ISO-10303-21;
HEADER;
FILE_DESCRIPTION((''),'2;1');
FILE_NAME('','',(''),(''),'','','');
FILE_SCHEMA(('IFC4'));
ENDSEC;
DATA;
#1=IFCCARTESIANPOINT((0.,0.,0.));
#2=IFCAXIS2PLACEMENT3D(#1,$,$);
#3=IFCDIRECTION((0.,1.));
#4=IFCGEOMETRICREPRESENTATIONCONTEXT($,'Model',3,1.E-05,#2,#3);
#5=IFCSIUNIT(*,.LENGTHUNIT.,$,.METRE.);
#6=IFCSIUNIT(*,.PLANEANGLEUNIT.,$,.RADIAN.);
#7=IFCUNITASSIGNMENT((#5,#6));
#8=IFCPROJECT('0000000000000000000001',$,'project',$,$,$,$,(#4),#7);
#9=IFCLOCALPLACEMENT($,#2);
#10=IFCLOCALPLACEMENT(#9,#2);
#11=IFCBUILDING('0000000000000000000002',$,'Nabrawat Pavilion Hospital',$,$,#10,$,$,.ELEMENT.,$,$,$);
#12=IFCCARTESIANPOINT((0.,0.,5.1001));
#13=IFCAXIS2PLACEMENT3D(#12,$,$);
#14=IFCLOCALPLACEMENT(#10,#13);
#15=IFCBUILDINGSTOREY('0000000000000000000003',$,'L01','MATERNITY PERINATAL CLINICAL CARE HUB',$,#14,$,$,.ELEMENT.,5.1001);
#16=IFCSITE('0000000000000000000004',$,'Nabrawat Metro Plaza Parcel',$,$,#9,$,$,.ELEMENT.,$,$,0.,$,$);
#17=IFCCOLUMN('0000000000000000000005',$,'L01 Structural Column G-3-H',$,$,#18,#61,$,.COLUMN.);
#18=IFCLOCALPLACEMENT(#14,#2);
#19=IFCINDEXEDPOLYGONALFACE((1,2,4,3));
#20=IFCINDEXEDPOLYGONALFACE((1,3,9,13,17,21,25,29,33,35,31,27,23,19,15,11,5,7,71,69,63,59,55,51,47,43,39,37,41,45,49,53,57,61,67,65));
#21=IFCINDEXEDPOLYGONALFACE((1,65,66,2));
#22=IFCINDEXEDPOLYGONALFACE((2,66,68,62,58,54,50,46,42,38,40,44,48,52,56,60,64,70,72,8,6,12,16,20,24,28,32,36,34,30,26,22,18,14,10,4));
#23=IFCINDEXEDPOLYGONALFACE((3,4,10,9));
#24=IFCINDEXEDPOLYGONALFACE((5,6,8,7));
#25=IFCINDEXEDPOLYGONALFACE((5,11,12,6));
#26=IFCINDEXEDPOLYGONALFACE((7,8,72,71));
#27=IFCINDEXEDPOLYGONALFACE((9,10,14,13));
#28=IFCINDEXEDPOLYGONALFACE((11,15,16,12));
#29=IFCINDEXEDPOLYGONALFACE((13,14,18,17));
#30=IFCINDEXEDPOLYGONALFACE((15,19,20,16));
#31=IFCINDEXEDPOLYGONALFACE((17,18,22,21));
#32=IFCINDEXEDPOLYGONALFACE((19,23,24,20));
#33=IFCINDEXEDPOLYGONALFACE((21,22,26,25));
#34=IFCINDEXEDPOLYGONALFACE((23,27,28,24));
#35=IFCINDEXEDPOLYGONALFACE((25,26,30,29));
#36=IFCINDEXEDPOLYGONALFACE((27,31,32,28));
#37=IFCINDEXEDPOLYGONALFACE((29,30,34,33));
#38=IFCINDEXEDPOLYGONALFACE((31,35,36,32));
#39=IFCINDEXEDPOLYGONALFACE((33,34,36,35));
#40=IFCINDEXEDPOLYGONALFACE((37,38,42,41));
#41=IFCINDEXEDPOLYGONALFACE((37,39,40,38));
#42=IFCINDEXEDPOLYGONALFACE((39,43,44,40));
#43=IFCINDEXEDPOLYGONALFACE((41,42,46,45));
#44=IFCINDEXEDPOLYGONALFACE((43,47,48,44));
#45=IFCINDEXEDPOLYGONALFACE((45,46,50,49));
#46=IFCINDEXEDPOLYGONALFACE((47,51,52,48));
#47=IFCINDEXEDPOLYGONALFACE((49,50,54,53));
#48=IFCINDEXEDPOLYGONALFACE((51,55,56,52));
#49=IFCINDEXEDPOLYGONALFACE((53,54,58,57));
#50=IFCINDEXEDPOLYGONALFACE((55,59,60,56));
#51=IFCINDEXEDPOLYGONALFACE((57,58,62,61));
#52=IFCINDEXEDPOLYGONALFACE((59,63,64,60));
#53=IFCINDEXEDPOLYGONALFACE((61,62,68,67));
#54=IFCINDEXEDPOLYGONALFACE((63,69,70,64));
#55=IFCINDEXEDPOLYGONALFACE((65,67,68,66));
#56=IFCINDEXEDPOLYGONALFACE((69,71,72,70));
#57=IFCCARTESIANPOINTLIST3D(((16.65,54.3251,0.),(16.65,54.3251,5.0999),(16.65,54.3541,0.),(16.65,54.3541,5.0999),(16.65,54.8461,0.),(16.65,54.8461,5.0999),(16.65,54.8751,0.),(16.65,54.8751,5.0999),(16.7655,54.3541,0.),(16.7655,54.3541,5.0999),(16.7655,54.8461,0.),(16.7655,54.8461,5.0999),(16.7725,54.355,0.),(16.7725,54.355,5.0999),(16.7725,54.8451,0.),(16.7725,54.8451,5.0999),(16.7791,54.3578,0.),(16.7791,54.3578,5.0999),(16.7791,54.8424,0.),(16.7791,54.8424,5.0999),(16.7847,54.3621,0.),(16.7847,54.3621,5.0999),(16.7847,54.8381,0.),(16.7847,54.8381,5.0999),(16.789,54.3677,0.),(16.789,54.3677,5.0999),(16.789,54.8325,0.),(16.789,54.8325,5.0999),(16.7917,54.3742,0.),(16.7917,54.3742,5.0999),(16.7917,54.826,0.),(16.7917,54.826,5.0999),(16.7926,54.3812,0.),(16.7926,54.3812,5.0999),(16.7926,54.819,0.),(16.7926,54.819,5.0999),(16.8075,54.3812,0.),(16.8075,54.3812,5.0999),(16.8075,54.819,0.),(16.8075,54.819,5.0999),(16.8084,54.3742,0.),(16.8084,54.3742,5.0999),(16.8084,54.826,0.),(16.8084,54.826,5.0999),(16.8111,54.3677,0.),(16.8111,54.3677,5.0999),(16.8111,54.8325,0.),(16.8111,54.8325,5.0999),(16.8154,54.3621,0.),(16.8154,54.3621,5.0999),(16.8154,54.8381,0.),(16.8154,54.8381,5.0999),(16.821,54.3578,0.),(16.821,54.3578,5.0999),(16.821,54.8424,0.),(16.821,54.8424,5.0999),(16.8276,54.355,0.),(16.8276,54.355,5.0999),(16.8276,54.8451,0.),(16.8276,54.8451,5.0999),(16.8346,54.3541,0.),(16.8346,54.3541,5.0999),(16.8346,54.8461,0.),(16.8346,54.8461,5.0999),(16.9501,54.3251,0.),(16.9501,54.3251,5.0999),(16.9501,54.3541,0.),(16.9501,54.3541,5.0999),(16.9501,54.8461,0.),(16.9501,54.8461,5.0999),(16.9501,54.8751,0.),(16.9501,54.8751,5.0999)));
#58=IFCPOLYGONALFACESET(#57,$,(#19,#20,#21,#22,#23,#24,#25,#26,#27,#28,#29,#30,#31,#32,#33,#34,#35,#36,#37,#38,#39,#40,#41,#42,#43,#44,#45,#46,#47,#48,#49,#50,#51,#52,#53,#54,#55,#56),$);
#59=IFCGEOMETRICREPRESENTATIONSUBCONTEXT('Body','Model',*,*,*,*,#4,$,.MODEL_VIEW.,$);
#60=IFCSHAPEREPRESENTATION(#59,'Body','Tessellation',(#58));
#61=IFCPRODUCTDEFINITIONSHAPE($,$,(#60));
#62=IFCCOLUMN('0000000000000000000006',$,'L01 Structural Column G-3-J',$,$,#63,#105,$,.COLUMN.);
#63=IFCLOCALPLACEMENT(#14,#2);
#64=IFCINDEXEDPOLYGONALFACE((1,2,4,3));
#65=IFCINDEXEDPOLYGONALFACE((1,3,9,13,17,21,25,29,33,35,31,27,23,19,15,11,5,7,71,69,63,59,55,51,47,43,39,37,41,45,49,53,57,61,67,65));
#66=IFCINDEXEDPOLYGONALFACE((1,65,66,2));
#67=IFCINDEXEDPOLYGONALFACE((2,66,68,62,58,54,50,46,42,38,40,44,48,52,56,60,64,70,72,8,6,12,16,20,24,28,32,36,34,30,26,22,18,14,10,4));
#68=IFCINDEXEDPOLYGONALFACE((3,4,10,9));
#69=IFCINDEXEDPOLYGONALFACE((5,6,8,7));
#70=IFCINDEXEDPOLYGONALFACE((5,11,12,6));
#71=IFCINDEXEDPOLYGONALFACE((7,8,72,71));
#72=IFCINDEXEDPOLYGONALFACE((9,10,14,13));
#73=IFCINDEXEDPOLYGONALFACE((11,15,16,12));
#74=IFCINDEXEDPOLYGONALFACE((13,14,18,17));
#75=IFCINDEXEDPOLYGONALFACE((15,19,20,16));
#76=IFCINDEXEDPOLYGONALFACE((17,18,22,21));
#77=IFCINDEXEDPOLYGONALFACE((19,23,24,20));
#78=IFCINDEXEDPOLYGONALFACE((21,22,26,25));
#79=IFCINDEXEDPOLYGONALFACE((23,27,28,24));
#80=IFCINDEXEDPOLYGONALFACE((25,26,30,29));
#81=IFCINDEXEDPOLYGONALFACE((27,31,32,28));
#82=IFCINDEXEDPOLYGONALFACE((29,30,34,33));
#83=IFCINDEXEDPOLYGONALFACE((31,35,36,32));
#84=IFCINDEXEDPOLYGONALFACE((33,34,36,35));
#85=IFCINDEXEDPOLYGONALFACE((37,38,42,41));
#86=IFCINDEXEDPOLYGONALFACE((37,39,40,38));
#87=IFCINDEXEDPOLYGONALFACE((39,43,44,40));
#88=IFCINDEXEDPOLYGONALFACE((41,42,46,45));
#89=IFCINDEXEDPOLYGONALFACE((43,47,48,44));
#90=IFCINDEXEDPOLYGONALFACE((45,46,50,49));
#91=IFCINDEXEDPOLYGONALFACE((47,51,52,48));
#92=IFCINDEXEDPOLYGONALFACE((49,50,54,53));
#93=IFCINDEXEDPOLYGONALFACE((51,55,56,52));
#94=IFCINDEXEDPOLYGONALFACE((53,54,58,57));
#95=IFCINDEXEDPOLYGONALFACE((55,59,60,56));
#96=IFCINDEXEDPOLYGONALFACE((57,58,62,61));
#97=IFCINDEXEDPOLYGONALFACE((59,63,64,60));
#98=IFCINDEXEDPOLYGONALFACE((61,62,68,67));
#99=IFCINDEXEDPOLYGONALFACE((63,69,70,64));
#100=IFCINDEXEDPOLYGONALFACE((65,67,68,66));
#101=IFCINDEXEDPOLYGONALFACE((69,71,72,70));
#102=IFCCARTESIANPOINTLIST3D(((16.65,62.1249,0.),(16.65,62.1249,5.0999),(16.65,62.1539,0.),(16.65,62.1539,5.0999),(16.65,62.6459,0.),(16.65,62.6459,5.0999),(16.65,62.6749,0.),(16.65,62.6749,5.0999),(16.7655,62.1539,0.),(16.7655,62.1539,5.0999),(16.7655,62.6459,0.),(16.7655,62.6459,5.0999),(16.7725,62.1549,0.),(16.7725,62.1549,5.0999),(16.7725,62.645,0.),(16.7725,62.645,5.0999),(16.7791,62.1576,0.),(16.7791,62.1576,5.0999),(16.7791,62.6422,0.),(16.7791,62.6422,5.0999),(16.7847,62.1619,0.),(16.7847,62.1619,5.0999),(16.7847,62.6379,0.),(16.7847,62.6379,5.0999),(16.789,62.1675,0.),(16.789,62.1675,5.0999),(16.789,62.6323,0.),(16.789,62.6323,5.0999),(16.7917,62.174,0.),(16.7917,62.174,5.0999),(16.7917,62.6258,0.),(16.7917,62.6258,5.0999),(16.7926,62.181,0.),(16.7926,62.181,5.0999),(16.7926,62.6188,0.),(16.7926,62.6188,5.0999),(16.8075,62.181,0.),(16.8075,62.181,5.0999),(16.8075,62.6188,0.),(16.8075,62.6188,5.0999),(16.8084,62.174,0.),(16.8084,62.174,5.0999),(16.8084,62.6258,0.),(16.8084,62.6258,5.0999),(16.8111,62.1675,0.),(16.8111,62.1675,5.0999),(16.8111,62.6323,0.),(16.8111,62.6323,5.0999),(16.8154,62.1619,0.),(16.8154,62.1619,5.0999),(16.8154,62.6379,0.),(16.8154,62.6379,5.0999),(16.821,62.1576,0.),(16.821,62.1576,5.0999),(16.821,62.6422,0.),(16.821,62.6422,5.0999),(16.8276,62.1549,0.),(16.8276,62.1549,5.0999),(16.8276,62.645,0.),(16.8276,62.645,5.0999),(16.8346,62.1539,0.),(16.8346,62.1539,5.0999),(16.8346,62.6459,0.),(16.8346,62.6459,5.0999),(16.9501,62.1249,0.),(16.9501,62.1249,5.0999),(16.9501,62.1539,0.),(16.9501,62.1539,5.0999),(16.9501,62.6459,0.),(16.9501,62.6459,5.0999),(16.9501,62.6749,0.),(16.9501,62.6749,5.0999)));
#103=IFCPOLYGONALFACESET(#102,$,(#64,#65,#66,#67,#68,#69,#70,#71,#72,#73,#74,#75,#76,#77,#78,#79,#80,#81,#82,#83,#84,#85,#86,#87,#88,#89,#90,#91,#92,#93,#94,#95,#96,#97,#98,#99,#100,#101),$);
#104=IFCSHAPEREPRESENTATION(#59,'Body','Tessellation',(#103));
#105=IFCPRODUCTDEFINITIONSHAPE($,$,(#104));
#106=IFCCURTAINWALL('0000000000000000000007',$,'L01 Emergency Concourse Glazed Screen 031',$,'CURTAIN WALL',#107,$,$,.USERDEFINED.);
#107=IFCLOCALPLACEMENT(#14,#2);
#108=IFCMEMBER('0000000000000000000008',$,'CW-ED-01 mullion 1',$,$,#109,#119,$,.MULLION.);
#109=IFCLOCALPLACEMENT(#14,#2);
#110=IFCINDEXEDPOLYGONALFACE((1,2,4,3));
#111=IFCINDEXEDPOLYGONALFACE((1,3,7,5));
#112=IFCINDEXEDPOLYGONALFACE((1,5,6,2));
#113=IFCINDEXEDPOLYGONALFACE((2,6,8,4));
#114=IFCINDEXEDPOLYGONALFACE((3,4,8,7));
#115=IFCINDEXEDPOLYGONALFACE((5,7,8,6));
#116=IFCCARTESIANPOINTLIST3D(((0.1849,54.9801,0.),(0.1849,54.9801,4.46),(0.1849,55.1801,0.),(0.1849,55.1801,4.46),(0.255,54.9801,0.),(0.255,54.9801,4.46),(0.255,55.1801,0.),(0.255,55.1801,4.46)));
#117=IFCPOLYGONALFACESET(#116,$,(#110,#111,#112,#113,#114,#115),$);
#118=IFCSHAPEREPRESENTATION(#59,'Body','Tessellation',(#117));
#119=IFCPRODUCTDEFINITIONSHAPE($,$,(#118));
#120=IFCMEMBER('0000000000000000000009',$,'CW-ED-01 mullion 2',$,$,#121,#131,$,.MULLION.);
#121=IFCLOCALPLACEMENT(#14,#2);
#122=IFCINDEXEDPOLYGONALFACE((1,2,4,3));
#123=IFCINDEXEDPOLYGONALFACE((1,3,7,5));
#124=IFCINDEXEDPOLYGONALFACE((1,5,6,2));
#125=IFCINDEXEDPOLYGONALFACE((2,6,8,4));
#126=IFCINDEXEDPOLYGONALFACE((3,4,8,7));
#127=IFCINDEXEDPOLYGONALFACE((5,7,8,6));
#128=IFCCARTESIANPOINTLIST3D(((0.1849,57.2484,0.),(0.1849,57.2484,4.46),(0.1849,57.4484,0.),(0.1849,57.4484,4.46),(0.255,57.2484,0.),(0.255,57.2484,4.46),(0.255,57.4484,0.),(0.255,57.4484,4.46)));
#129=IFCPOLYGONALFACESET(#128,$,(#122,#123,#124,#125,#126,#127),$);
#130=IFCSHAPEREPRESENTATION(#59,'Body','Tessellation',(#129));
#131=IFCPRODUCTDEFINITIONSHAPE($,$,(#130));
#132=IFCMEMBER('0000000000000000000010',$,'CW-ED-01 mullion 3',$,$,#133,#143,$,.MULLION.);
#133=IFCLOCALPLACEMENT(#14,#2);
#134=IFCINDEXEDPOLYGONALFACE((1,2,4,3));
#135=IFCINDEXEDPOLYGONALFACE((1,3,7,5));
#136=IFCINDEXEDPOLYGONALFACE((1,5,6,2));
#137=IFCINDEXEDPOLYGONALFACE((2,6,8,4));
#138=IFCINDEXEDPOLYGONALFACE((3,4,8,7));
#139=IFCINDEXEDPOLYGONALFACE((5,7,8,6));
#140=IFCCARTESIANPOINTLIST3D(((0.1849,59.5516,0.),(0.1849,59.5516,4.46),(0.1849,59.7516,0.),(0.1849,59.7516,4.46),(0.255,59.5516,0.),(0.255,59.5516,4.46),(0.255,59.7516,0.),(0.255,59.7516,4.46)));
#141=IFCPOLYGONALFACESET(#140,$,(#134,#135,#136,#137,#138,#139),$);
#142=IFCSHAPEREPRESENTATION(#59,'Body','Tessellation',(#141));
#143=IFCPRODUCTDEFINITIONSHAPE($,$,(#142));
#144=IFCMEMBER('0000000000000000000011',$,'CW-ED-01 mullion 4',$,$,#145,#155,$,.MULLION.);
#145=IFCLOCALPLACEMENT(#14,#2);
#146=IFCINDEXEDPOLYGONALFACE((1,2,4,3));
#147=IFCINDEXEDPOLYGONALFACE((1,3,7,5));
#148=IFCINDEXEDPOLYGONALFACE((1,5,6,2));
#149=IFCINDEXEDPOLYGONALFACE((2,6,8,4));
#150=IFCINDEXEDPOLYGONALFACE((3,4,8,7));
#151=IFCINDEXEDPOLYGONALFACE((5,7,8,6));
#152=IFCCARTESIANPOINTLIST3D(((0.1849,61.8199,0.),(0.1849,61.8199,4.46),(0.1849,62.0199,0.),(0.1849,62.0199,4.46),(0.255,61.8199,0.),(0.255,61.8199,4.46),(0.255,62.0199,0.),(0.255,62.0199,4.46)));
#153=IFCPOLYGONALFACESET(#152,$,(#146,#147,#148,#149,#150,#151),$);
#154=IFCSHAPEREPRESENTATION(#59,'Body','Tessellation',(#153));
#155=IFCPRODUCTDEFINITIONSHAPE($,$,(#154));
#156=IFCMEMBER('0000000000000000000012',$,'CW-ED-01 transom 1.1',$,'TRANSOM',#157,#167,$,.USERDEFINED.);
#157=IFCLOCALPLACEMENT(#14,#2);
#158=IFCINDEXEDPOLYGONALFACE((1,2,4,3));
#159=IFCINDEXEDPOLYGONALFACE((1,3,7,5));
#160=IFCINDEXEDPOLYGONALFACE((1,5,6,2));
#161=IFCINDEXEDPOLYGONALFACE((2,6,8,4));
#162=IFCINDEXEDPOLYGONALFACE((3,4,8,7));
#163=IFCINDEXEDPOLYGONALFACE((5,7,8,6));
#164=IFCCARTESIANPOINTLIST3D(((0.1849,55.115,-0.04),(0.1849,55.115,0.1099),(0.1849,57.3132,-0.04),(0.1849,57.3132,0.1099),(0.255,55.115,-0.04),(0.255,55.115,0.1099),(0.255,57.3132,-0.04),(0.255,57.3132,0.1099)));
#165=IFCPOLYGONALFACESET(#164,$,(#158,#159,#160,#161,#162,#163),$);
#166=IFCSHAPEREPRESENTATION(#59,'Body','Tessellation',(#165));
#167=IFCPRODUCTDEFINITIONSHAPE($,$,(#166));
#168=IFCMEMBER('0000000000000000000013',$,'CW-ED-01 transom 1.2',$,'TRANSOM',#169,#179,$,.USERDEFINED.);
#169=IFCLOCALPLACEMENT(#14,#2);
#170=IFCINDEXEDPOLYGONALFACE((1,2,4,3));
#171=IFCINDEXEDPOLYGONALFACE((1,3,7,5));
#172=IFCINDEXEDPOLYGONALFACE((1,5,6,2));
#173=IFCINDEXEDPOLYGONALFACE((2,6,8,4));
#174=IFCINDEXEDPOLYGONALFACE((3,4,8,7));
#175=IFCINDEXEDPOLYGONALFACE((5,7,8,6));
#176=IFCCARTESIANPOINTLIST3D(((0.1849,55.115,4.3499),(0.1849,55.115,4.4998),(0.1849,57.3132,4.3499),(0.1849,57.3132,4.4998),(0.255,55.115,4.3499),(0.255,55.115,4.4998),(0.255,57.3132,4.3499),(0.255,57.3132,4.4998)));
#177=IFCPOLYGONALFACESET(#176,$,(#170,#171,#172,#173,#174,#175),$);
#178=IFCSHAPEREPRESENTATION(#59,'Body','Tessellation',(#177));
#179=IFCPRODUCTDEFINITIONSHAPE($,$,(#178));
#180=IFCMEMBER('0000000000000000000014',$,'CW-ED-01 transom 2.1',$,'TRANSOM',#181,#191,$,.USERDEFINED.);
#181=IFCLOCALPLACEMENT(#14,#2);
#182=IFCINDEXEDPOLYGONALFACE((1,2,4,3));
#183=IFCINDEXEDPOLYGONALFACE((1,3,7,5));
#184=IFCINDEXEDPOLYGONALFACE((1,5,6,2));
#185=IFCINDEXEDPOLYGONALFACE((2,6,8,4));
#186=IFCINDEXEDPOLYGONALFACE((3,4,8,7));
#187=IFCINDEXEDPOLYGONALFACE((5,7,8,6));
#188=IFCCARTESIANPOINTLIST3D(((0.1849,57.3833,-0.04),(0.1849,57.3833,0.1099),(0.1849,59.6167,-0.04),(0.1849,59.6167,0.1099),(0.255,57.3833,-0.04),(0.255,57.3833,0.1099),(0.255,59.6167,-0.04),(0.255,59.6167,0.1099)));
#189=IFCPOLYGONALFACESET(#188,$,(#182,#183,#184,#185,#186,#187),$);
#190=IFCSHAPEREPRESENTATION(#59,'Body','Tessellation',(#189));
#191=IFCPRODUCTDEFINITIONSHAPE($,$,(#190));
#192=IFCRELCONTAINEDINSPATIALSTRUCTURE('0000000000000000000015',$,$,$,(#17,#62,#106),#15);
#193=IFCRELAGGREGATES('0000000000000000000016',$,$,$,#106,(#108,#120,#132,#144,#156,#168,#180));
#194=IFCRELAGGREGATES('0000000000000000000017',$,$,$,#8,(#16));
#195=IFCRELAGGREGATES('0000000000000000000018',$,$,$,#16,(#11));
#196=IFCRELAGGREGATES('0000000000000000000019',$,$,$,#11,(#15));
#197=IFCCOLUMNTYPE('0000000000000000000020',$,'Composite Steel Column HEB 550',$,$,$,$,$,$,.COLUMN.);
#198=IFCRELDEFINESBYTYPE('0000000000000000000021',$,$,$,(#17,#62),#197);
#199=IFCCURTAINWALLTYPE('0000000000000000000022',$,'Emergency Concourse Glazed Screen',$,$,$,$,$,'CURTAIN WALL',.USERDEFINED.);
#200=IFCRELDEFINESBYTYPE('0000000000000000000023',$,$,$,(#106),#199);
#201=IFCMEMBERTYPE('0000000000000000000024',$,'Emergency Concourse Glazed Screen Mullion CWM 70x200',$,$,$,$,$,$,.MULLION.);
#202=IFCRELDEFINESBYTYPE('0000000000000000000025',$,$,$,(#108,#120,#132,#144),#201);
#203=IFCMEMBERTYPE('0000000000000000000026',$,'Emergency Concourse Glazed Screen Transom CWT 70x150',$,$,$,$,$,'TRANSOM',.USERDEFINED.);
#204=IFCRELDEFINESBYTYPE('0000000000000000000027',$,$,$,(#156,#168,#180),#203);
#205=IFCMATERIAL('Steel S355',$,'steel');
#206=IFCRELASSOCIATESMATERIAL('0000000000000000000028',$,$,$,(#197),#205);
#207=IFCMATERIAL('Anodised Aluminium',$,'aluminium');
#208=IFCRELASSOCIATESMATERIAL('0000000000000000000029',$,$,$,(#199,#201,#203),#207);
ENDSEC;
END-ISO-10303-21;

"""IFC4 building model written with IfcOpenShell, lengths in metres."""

from ifc_helpers import new_model, si_unit, direction, frame, origin, origin_2d, place, context, subcontext, project, spatial, rectangle, i_section, extrude, material, material_profile, profile_set, type_object, element, aggregate, save


model = new_model("IFC4")

# Units and contexts
model_context = context("Model", 3, precision=1e-05, world=origin(), true_north=direction((0.0, 1.0)))
body_context = subcontext(model_context, "Body", "Model", "MODEL_VIEW")
ifc_project = project(units=[si_unit("LENGTHUNIT", "METRE"), si_unit("PLANEANGLEUNIT", "RADIAN")], contexts=[model_context])

# Site, building, storey
site_placement = place(None, origin())
site = spatial("IfcSite", under=ifc_project, at=site_placement, Name="Nabrawat Metro Plaza Parcel", CompositionType="ELEMENT", RefElevation=0.0)
building_placement = place(site_placement, origin())
building = spatial("IfcBuilding", under=site, at=building_placement, Name="Nabrawat Pavilion Hospital", CompositionType="ELEMENT")
storey_placement = place(building_placement, frame((0.0, 0.0, 5.1001)))
storey = spatial("IfcBuildingStorey", under=building, at=storey_placement, Name="L01", Description="MATERNITY PERINATAL CLINICAL CARE HUB", CompositionType="ELEMENT", Elevation=5.1001)

# Columns
ifc_material_1 = material(Name="Steel S355", Category="steel")
ifc_material_profile_1 = material_profile(ifc_material_1, i_section(OverallWidth=0.3, OverallDepth=0.55, WebThickness=0.0149, FlangeThickness=0.0291, FilletRadius=0.0271, at=origin_2d()), Name="HEB 550")
ifc_profile_set_1 = profile_set([ifc_material_profile_1], Name="Steel S355")
column_type = type_object("IfcColumnType", Name="Composite Steel Column HEB 550", PredefinedType="COLUMN", material=ifc_profile_set_1)
for number, where, z_axis, x_axis, name in (
    (1, (16.8, 54.6001, 0.0), (0.0, 0.0, 1.0), (1.0, 0.0, 0.0), "L01 Structural Column G-3-H"),
    (2, (16.8, 62.3999, 0.0), (0.0, 0.0, 1.0), (1.0, 0.0, 0.0), "L01 Structural Column G-3-J"),
):
    element("IfcColumn", number, at=place(storey_placement, frame(where, z_axis=z_axis, x_axis=x_axis)), inside=storey, type_object=column_type, Name=name, PredefinedType="COLUMN", context=body_context, shape_type="SweptSolid", body=[
        extrude(i_section(OverallWidth=0.3, OverallDepth=0.55, WebThickness=0.0149, FlangeThickness=0.0291, FilletRadius=0.0271, at=origin_2d()), origin(), (0.0, 0.0, 1.0), 5.0999),
    ])

# Curtain wall, members
ifc_material_2 = material(Name="Anodised Aluminium", Category="aluminium")
curtain_wall_type = type_object("IfcCurtainWallType", Name="Emergency Concourse Glazed Screen", ElementType="CURTAIN WALL", PredefinedType="USERDEFINED", material=ifc_material_2)
curtain_wall_placement = place(storey_placement, origin())
curtain_wall = element("IfcCurtainWall", 3, at=curtain_wall_placement, inside=storey, type_object=curtain_wall_type, Name="L01 Emergency Concourse Glazed Screen 031", ObjectType="CURTAIN WALL", PredefinedType="USERDEFINED")
ifc_material_profile_2 = material_profile(ifc_material_2, rectangle(XDim=0.0701, YDim=0.2, at=origin_2d()), Name="CWM 70x200")
ifc_profile_set_2 = profile_set([ifc_material_profile_2], Name="Anodised Aluminium")
member_type_1 = type_object("IfcMemberType", Name="Emergency Concourse Glazed Screen Mullion CWM 70x200", PredefinedType="MULLION", material=ifc_profile_set_2)
member_1_placement = place(storey_placement, frame((0.22, 55.0801, 0.0), z_axis=(0.0, 0.0, 1.0), x_axis=(-1.0, 0.0, 0.0)))
member_1 = element("IfcMember", 4, at=member_1_placement, type_object=member_type_1, Name="CW-ED-01 mullion 1", PredefinedType="MULLION", context=body_context, shape_type="SweptSolid", body=[
    extrude(rectangle(XDim=0.0701, YDim=0.2, at=origin_2d()), origin(), (0.0, 0.0, 1.0), 4.46),
])
member_2_placement = place(storey_placement, frame((0.22, 57.3484, 0.0), z_axis=(0.0, 0.0, 1.0), x_axis=(-1.0, 0.0, 0.0)))
member_2 = element("IfcMember", 5, at=member_2_placement, type_object=member_type_1, Name="CW-ED-01 mullion 2", PredefinedType="MULLION", context=body_context, shape_type="SweptSolid", body=[
    extrude(rectangle(XDim=0.0701, YDim=0.2, at=origin_2d()), origin(), (0.0, 0.0, 1.0), 4.46),
])
member_3_placement = place(storey_placement, frame((0.22, 59.6516, 0.0), z_axis=(0.0, 0.0, 1.0), x_axis=(-1.0, 0.0, 0.0)))
member_3 = element("IfcMember", 6, at=member_3_placement, type_object=member_type_1, Name="CW-ED-01 mullion 3", PredefinedType="MULLION", context=body_context, shape_type="SweptSolid", body=[
    extrude(rectangle(XDim=0.0701, YDim=0.2, at=origin_2d()), origin(), (0.0, 0.0, 1.0), 4.46),
])
member_4_placement = place(storey_placement, frame((0.22, 61.9199, 0.0), z_axis=(0.0, 0.0, 1.0), x_axis=(-1.0, 0.0, 0.0)))
member_4 = element("IfcMember", 7, at=member_4_placement, type_object=member_type_1, Name="CW-ED-01 mullion 4", PredefinedType="MULLION", context=body_context, shape_type="SweptSolid", body=[
    extrude(rectangle(XDim=0.0701, YDim=0.2, at=origin_2d()), origin(), (0.0, 0.0, 1.0), 4.46),
])
ifc_material_profile_3 = material_profile(ifc_material_2, rectangle(XDim=0.0701, YDim=0.1499, at=origin_2d()), Name="CWT 70x150")
ifc_profile_set_3 = profile_set([ifc_material_profile_3], Name="Anodised Aluminium")
member_type_2 = type_object("IfcMemberType", Name="Emergency Concourse Glazed Screen Transom CWT 70x150", ElementType="TRANSOM", PredefinedType="USERDEFINED", material=ifc_profile_set_3)
member_5_placement = place(storey_placement, frame((0.22, 55.115, 0.0349), z_axis=(0.0, 1.0, 0.0), x_axis=(-1.0, 0.0, 0.0)))
member_5 = element("IfcMember", 8, at=member_5_placement, type_object=member_type_2, Name="CW-ED-01 transom 1.1", ObjectType="TRANSOM", PredefinedType="USERDEFINED", context=body_context, shape_type="SweptSolid", body=[
    extrude(rectangle(XDim=0.0701, YDim=0.1499, at=origin_2d()), origin(), (0.0, 0.0, 1.0), 2.1982),
])
member_6_placement = place(storey_placement, frame((0.22, 55.115, 4.4248), z_axis=(0.0, 1.0, 0.0), x_axis=(-1.0, 0.0, 0.0)))
member_6 = element("IfcMember", 9, at=member_6_placement, type_object=member_type_2, Name="CW-ED-01 transom 1.2", ObjectType="TRANSOM", PredefinedType="USERDEFINED", context=body_context, shape_type="SweptSolid", body=[
    extrude(rectangle(XDim=0.0701, YDim=0.1499, at=origin_2d()), origin(), (0.0, 0.0, 1.0), 2.1982),
])
member_7_placement = place(storey_placement, frame((0.22, 57.3833, 0.0349), z_axis=(0.0, 1.0, 0.0), x_axis=(-1.0, 0.0, 0.0)))
member_7 = element("IfcMember", 10, at=member_7_placement, type_object=member_type_2, Name="CW-ED-01 transom 2.1", ObjectType="TRANSOM", PredefinedType="USERDEFINED", context=body_context, shape_type="SweptSolid", body=[
    extrude(rectangle(XDim=0.0701, YDim=0.1499, at=origin_2d()), origin(), (0.0, 0.0, 1.0), 2.2334),
])

aggregate(curtain_wall, [member_1, member_2, member_3, member_4, member_5, member_6, member_7])

save(model, "model.ifc")
